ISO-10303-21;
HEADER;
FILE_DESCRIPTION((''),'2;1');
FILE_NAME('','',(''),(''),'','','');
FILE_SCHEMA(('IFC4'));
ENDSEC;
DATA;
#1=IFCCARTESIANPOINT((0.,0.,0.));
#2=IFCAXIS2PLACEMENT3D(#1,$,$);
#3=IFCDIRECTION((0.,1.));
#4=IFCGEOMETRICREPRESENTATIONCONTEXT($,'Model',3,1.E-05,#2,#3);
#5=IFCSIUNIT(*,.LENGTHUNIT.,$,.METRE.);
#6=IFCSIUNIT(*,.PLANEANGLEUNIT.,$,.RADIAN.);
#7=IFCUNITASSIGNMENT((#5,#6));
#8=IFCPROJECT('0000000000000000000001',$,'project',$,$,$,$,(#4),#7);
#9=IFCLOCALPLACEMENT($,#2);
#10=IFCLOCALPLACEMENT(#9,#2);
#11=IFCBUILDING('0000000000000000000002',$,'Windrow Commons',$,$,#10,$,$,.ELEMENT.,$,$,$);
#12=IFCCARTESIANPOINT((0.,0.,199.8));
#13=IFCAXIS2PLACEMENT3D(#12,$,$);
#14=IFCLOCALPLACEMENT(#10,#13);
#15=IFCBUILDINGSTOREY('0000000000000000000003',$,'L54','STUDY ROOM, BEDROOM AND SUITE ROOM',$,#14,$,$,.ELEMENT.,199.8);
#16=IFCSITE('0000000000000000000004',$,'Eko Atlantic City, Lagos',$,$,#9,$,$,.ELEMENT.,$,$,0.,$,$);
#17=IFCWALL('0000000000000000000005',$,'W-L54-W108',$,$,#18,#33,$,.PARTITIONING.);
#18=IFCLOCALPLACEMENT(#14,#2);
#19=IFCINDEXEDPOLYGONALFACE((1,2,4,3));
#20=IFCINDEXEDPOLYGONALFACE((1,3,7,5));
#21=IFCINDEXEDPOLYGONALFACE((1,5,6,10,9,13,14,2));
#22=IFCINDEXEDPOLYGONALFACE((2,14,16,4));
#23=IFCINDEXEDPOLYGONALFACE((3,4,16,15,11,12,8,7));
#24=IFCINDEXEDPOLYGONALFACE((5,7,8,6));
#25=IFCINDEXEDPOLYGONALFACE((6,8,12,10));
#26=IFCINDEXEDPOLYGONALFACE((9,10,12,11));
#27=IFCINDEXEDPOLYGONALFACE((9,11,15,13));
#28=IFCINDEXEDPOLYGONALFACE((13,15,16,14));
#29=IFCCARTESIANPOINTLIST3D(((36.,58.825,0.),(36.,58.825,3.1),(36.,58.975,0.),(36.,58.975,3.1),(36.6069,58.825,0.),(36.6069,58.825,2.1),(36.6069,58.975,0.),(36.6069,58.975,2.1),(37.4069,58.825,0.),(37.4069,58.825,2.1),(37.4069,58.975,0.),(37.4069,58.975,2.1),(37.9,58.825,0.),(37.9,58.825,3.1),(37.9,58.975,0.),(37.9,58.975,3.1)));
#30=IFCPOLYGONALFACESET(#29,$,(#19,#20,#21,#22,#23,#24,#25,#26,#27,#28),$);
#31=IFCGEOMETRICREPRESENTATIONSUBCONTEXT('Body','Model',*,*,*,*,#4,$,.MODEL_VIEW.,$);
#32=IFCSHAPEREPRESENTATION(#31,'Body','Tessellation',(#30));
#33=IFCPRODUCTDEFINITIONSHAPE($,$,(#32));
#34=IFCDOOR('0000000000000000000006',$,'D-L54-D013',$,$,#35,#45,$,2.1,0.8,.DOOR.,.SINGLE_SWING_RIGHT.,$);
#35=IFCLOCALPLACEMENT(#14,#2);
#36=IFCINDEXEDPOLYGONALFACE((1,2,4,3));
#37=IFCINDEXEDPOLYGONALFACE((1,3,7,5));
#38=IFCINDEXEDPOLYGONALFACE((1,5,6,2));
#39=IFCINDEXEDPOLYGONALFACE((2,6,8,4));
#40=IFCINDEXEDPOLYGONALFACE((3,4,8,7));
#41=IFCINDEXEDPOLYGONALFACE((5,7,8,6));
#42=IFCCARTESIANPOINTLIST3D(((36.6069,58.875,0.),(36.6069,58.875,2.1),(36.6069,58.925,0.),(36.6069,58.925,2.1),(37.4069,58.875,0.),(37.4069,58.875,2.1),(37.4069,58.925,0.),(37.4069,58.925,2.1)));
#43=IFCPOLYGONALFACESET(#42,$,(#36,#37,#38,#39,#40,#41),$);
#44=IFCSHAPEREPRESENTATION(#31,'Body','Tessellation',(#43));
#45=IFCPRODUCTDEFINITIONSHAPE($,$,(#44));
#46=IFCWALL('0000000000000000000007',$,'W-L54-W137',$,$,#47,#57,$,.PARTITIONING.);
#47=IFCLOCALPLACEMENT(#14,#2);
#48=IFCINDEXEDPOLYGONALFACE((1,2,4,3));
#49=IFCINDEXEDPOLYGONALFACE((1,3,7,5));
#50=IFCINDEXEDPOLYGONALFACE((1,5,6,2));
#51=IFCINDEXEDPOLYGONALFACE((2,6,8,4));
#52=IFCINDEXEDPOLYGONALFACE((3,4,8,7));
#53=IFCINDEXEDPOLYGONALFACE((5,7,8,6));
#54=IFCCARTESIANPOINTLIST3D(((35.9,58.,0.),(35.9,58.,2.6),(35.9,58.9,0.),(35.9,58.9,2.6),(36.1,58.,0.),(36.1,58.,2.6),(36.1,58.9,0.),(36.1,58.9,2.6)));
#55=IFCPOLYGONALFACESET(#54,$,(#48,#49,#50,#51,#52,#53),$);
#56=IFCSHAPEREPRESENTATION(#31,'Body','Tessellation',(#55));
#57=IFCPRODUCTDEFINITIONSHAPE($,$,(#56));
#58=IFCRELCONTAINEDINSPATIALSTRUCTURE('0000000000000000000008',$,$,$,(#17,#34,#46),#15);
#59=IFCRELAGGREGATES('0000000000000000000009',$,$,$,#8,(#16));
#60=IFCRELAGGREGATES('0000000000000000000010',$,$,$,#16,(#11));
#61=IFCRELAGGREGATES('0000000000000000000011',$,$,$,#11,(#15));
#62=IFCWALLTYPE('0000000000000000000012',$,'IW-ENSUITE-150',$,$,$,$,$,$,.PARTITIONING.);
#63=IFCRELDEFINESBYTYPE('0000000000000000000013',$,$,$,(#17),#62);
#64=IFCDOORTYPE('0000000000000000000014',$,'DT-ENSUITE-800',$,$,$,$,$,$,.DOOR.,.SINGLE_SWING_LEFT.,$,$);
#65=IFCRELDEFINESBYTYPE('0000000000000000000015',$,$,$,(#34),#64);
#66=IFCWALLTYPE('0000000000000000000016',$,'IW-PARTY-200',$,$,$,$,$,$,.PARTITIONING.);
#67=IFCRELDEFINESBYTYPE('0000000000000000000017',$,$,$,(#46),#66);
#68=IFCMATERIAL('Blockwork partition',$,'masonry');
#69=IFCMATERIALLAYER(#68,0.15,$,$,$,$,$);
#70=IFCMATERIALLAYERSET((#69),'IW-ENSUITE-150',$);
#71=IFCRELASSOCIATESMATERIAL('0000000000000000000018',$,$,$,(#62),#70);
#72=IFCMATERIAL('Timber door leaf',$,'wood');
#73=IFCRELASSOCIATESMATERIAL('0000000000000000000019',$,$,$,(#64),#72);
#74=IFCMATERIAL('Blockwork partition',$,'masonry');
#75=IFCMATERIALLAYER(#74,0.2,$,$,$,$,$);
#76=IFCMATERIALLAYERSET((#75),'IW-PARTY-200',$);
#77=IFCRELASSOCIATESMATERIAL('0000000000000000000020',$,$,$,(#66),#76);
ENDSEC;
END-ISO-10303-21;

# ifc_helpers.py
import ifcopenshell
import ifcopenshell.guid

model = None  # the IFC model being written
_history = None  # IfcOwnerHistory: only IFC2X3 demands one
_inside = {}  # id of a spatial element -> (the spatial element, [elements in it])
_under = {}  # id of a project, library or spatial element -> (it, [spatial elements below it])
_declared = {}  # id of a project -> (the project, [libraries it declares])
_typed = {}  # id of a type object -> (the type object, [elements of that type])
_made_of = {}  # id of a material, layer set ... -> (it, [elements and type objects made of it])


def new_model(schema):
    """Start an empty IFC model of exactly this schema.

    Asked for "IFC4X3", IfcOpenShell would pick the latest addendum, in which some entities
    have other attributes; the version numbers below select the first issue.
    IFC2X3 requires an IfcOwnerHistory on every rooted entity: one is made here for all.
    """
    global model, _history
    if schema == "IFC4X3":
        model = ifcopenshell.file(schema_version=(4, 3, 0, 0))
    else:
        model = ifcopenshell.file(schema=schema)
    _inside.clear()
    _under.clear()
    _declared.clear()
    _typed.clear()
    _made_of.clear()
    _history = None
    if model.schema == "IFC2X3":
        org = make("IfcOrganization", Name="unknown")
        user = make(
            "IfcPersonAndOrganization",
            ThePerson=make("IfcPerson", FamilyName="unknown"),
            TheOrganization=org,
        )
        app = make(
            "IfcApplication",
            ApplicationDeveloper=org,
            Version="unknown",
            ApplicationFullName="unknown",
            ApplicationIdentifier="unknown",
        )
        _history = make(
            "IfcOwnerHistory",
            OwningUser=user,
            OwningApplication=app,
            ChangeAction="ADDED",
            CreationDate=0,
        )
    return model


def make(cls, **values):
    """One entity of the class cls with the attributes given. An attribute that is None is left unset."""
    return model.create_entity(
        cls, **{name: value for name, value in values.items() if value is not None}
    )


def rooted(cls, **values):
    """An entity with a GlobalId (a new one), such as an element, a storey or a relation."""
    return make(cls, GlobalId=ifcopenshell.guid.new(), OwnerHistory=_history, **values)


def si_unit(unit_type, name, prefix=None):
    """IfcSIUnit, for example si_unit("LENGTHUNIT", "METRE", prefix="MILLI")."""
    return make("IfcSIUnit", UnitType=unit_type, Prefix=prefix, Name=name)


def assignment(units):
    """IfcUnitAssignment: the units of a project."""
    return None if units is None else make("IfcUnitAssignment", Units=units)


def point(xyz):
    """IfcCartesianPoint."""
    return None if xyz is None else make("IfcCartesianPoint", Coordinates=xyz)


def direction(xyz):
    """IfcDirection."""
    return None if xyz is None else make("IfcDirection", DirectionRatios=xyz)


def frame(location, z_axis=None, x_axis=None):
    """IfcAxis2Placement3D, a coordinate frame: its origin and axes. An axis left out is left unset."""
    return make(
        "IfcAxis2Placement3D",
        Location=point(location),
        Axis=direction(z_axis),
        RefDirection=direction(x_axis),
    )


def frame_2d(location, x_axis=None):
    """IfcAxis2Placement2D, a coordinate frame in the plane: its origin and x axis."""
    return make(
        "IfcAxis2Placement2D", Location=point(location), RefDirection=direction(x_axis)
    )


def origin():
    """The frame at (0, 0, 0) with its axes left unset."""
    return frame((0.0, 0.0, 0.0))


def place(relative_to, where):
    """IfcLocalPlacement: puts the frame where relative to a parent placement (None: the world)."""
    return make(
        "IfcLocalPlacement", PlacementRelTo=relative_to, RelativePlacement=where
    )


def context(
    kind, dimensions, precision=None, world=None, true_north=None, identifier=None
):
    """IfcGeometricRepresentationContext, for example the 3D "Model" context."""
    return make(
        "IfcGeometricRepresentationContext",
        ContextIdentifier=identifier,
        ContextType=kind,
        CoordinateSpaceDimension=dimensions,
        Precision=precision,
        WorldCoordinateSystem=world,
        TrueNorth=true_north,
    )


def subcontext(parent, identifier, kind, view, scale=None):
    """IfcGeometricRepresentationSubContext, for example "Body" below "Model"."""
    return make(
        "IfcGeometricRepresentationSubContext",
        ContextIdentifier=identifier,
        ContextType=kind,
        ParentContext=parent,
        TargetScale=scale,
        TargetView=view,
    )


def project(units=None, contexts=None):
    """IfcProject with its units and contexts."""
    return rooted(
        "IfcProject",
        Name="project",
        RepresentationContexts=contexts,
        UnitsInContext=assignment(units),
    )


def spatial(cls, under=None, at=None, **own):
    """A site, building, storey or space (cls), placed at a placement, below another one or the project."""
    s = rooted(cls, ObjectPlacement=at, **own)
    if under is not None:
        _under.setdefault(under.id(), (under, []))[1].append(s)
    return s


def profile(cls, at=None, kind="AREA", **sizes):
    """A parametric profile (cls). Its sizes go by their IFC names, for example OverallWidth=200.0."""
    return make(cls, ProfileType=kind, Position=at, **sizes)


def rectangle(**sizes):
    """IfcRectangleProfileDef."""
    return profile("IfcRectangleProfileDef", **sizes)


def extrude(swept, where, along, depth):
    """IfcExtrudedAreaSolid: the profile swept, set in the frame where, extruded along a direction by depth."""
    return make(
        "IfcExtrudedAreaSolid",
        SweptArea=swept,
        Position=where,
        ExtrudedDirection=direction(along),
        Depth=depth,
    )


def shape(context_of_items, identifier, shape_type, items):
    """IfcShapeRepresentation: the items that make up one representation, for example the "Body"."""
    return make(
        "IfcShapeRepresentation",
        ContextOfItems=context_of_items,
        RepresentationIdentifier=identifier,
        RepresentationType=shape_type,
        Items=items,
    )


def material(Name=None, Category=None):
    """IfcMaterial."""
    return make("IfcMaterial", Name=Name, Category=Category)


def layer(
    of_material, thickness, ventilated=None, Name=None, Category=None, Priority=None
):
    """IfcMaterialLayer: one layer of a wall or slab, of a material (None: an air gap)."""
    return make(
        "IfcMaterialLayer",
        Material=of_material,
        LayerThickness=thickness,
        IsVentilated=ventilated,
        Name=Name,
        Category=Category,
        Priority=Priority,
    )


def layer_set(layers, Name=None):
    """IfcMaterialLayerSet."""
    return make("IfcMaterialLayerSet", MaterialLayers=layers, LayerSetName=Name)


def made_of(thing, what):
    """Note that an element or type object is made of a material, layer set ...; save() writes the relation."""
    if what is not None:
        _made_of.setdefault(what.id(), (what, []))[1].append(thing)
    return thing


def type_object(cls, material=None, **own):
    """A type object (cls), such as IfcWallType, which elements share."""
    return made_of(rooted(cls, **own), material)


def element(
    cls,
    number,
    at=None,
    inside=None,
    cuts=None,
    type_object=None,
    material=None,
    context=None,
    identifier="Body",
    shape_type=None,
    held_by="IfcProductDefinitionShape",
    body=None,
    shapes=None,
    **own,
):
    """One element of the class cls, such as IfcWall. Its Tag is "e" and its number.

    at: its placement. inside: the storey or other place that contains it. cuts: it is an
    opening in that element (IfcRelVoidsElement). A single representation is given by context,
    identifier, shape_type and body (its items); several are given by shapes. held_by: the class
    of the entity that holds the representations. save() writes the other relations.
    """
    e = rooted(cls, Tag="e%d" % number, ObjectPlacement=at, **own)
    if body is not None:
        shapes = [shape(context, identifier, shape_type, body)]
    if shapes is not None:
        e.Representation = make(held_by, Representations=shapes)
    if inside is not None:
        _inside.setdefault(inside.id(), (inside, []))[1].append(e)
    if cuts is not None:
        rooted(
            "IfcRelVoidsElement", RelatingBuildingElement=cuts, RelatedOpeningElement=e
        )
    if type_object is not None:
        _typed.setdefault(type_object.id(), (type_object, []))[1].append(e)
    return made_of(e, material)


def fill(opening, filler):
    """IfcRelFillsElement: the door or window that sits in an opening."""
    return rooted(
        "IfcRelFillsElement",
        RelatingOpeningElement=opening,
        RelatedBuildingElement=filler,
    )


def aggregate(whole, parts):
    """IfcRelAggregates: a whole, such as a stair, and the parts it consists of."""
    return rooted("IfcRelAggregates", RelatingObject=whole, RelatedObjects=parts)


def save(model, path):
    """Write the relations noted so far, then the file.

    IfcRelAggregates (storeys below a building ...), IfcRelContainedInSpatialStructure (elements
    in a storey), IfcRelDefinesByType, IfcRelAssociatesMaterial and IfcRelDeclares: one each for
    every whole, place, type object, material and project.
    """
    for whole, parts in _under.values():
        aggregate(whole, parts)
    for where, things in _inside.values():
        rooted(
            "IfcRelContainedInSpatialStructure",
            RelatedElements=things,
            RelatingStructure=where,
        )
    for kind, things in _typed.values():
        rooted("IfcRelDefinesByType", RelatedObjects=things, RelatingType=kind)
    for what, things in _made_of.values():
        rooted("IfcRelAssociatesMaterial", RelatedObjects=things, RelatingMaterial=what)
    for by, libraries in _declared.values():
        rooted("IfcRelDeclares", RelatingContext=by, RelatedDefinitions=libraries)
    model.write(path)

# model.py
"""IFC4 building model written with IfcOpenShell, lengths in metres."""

from ifc_helpers import new_model, si_unit, direction, frame, frame_2d, origin, place, context, subcontext, project, spatial, rectangle, extrude, material, layer, layer_set, type_object, element, fill, save


model = new_model("IFC4")

# Units and contexts
model_context = context("Model", 3, precision=1e-05, world=origin(), true_north=direction((0.0, 1.0)))
body_context = subcontext(model_context, "Body", "Model", "MODEL_VIEW")
ifc_project = project(units=[si_unit("LENGTHUNIT", "METRE"), si_unit("PLANEANGLEUNIT", "RADIAN")], contexts=[model_context])

# Site, building, storey
site_placement = place(None, origin())
site = spatial("IfcSite", under=ifc_project, at=site_placement, Name="Eko Atlantic City, Lagos", CompositionType="ELEMENT", RefElevation=0.0)
building_placement = place(site_placement, origin())
building = spatial("IfcBuilding", under=site, at=building_placement, Name="Windrow Commons", CompositionType="ELEMENT")
storey_placement = place(building_placement, frame((0.0, 0.0, 199.8)))
storey = spatial("IfcBuildingStorey", under=building, at=storey_placement, Name="L54", Description="STUDY ROOM, BEDROOM AND SUITE ROOM", CompositionType="ELEMENT", Elevation=199.8)

# Shared definitions
ifc_material_1 = material(Name="Blockwork partition", Category="masonry")
ifc_layer_1 = layer(ifc_material_1, 0.15)
ifc_layer_set_1 = layer_set([ifc_layer_1], Name="IW-ENSUITE-150")
wall_type_1 = type_object("IfcWallType", Name="IW-ENSUITE-150", PredefinedType="PARTITIONING", material=ifc_layer_set_1)

# Wall, opening, door
wall_1_placement = place(storey_placement, frame((36.0, 58.9, 0.0), z_axis=(0.0, 0.0, 1.0), x_axis=(1.0, 0.0, 0.0)))
wall_1 = element("IfcWall", 1, at=wall_1_placement, inside=storey, type_object=wall_type_1, Name="W-L54-W108", PredefinedType="PARTITIONING", context=body_context, shape_type="SweptSolid", body=[
    extrude(rectangle(XDim=1.9, YDim=0.15, at=frame_2d((0.95, 0.0))), origin(), (0.0, 0.0, 1.0), 3.1),
])
opening_1_placement = place(wall_1_placement, frame((0.6069, 0.0, 0.0)))
opening_1 = element("IfcOpeningElement", 2, at=opening_1_placement, cuts=wall_1, PredefinedType="OPENING", context=body_context, shape_type="SweptSolid", body=[
    extrude(rectangle(XDim=0.8, YDim=2.1, at=frame_2d((0.4, 1.05))), frame((0.0, 0.085, 0.0), z_axis=(0.0, -1.0, 0.0), x_axis=(1.0, 0.0, 0.0)), (0.0, 0.0, 1.0), 0.17),
])
ifc_material_2 = material(Name="Timber door leaf", Category="wood")
door_type_1 = type_object("IfcDoorType", Name="DT-ENSUITE-800", OperationType="SINGLE_SWING_LEFT", PredefinedType="DOOR", material=ifc_material_2)
door_1_placement = place(opening_1_placement, origin())
door_1 = element("IfcDoor", 3, at=door_1_placement, inside=storey, type_object=door_type_1, Name="D-L54-D013", OperationType="SINGLE_SWING_RIGHT", OverallHeight=2.1, OverallWidth=0.8, PredefinedType="DOOR", context=body_context, shape_type="SweptSolid", body=[
    extrude(rectangle(XDim=0.8, YDim=2.1, at=frame_2d((0.4, 1.05))), frame((0.0, 0.025, 0.0), z_axis=(0.0, -1.0, 0.0), x_axis=(1.0, 0.0, 0.0)), (0.0, 0.0, 1.0), 0.05),
])
fill(opening_1, door_1)

# Wall
ifc_material_3 = material(Name="Blockwork partition", Category="masonry")
ifc_layer_2 = layer(ifc_material_3, 0.2)
ifc_layer_set_2 = layer_set([ifc_layer_2], Name="IW-PARTY-200")
wall_type_2 = type_object("IfcWallType", Name="IW-PARTY-200", PredefinedType="PARTITIONING", material=ifc_layer_set_2)
wall_2_placement = place(storey_placement, frame((36.0, 58.0, 0.0), z_axis=(0.0, 0.0, 1.0), x_axis=(0.0, 1.0, 0.0)))
element("IfcWall", 4, at=wall_2_placement, inside=storey, type_object=wall_type_2, Name="W-L54-W137", PredefinedType="PARTITIONING", context=body_context, shape_type="SweptSolid", body=[
    extrude(rectangle(XDim=0.9, YDim=0.2, at=frame_2d((0.45, 0.0))), origin(), (0.0, 0.0, 1.0), 2.6),
])

save(model, "model.ifc")
